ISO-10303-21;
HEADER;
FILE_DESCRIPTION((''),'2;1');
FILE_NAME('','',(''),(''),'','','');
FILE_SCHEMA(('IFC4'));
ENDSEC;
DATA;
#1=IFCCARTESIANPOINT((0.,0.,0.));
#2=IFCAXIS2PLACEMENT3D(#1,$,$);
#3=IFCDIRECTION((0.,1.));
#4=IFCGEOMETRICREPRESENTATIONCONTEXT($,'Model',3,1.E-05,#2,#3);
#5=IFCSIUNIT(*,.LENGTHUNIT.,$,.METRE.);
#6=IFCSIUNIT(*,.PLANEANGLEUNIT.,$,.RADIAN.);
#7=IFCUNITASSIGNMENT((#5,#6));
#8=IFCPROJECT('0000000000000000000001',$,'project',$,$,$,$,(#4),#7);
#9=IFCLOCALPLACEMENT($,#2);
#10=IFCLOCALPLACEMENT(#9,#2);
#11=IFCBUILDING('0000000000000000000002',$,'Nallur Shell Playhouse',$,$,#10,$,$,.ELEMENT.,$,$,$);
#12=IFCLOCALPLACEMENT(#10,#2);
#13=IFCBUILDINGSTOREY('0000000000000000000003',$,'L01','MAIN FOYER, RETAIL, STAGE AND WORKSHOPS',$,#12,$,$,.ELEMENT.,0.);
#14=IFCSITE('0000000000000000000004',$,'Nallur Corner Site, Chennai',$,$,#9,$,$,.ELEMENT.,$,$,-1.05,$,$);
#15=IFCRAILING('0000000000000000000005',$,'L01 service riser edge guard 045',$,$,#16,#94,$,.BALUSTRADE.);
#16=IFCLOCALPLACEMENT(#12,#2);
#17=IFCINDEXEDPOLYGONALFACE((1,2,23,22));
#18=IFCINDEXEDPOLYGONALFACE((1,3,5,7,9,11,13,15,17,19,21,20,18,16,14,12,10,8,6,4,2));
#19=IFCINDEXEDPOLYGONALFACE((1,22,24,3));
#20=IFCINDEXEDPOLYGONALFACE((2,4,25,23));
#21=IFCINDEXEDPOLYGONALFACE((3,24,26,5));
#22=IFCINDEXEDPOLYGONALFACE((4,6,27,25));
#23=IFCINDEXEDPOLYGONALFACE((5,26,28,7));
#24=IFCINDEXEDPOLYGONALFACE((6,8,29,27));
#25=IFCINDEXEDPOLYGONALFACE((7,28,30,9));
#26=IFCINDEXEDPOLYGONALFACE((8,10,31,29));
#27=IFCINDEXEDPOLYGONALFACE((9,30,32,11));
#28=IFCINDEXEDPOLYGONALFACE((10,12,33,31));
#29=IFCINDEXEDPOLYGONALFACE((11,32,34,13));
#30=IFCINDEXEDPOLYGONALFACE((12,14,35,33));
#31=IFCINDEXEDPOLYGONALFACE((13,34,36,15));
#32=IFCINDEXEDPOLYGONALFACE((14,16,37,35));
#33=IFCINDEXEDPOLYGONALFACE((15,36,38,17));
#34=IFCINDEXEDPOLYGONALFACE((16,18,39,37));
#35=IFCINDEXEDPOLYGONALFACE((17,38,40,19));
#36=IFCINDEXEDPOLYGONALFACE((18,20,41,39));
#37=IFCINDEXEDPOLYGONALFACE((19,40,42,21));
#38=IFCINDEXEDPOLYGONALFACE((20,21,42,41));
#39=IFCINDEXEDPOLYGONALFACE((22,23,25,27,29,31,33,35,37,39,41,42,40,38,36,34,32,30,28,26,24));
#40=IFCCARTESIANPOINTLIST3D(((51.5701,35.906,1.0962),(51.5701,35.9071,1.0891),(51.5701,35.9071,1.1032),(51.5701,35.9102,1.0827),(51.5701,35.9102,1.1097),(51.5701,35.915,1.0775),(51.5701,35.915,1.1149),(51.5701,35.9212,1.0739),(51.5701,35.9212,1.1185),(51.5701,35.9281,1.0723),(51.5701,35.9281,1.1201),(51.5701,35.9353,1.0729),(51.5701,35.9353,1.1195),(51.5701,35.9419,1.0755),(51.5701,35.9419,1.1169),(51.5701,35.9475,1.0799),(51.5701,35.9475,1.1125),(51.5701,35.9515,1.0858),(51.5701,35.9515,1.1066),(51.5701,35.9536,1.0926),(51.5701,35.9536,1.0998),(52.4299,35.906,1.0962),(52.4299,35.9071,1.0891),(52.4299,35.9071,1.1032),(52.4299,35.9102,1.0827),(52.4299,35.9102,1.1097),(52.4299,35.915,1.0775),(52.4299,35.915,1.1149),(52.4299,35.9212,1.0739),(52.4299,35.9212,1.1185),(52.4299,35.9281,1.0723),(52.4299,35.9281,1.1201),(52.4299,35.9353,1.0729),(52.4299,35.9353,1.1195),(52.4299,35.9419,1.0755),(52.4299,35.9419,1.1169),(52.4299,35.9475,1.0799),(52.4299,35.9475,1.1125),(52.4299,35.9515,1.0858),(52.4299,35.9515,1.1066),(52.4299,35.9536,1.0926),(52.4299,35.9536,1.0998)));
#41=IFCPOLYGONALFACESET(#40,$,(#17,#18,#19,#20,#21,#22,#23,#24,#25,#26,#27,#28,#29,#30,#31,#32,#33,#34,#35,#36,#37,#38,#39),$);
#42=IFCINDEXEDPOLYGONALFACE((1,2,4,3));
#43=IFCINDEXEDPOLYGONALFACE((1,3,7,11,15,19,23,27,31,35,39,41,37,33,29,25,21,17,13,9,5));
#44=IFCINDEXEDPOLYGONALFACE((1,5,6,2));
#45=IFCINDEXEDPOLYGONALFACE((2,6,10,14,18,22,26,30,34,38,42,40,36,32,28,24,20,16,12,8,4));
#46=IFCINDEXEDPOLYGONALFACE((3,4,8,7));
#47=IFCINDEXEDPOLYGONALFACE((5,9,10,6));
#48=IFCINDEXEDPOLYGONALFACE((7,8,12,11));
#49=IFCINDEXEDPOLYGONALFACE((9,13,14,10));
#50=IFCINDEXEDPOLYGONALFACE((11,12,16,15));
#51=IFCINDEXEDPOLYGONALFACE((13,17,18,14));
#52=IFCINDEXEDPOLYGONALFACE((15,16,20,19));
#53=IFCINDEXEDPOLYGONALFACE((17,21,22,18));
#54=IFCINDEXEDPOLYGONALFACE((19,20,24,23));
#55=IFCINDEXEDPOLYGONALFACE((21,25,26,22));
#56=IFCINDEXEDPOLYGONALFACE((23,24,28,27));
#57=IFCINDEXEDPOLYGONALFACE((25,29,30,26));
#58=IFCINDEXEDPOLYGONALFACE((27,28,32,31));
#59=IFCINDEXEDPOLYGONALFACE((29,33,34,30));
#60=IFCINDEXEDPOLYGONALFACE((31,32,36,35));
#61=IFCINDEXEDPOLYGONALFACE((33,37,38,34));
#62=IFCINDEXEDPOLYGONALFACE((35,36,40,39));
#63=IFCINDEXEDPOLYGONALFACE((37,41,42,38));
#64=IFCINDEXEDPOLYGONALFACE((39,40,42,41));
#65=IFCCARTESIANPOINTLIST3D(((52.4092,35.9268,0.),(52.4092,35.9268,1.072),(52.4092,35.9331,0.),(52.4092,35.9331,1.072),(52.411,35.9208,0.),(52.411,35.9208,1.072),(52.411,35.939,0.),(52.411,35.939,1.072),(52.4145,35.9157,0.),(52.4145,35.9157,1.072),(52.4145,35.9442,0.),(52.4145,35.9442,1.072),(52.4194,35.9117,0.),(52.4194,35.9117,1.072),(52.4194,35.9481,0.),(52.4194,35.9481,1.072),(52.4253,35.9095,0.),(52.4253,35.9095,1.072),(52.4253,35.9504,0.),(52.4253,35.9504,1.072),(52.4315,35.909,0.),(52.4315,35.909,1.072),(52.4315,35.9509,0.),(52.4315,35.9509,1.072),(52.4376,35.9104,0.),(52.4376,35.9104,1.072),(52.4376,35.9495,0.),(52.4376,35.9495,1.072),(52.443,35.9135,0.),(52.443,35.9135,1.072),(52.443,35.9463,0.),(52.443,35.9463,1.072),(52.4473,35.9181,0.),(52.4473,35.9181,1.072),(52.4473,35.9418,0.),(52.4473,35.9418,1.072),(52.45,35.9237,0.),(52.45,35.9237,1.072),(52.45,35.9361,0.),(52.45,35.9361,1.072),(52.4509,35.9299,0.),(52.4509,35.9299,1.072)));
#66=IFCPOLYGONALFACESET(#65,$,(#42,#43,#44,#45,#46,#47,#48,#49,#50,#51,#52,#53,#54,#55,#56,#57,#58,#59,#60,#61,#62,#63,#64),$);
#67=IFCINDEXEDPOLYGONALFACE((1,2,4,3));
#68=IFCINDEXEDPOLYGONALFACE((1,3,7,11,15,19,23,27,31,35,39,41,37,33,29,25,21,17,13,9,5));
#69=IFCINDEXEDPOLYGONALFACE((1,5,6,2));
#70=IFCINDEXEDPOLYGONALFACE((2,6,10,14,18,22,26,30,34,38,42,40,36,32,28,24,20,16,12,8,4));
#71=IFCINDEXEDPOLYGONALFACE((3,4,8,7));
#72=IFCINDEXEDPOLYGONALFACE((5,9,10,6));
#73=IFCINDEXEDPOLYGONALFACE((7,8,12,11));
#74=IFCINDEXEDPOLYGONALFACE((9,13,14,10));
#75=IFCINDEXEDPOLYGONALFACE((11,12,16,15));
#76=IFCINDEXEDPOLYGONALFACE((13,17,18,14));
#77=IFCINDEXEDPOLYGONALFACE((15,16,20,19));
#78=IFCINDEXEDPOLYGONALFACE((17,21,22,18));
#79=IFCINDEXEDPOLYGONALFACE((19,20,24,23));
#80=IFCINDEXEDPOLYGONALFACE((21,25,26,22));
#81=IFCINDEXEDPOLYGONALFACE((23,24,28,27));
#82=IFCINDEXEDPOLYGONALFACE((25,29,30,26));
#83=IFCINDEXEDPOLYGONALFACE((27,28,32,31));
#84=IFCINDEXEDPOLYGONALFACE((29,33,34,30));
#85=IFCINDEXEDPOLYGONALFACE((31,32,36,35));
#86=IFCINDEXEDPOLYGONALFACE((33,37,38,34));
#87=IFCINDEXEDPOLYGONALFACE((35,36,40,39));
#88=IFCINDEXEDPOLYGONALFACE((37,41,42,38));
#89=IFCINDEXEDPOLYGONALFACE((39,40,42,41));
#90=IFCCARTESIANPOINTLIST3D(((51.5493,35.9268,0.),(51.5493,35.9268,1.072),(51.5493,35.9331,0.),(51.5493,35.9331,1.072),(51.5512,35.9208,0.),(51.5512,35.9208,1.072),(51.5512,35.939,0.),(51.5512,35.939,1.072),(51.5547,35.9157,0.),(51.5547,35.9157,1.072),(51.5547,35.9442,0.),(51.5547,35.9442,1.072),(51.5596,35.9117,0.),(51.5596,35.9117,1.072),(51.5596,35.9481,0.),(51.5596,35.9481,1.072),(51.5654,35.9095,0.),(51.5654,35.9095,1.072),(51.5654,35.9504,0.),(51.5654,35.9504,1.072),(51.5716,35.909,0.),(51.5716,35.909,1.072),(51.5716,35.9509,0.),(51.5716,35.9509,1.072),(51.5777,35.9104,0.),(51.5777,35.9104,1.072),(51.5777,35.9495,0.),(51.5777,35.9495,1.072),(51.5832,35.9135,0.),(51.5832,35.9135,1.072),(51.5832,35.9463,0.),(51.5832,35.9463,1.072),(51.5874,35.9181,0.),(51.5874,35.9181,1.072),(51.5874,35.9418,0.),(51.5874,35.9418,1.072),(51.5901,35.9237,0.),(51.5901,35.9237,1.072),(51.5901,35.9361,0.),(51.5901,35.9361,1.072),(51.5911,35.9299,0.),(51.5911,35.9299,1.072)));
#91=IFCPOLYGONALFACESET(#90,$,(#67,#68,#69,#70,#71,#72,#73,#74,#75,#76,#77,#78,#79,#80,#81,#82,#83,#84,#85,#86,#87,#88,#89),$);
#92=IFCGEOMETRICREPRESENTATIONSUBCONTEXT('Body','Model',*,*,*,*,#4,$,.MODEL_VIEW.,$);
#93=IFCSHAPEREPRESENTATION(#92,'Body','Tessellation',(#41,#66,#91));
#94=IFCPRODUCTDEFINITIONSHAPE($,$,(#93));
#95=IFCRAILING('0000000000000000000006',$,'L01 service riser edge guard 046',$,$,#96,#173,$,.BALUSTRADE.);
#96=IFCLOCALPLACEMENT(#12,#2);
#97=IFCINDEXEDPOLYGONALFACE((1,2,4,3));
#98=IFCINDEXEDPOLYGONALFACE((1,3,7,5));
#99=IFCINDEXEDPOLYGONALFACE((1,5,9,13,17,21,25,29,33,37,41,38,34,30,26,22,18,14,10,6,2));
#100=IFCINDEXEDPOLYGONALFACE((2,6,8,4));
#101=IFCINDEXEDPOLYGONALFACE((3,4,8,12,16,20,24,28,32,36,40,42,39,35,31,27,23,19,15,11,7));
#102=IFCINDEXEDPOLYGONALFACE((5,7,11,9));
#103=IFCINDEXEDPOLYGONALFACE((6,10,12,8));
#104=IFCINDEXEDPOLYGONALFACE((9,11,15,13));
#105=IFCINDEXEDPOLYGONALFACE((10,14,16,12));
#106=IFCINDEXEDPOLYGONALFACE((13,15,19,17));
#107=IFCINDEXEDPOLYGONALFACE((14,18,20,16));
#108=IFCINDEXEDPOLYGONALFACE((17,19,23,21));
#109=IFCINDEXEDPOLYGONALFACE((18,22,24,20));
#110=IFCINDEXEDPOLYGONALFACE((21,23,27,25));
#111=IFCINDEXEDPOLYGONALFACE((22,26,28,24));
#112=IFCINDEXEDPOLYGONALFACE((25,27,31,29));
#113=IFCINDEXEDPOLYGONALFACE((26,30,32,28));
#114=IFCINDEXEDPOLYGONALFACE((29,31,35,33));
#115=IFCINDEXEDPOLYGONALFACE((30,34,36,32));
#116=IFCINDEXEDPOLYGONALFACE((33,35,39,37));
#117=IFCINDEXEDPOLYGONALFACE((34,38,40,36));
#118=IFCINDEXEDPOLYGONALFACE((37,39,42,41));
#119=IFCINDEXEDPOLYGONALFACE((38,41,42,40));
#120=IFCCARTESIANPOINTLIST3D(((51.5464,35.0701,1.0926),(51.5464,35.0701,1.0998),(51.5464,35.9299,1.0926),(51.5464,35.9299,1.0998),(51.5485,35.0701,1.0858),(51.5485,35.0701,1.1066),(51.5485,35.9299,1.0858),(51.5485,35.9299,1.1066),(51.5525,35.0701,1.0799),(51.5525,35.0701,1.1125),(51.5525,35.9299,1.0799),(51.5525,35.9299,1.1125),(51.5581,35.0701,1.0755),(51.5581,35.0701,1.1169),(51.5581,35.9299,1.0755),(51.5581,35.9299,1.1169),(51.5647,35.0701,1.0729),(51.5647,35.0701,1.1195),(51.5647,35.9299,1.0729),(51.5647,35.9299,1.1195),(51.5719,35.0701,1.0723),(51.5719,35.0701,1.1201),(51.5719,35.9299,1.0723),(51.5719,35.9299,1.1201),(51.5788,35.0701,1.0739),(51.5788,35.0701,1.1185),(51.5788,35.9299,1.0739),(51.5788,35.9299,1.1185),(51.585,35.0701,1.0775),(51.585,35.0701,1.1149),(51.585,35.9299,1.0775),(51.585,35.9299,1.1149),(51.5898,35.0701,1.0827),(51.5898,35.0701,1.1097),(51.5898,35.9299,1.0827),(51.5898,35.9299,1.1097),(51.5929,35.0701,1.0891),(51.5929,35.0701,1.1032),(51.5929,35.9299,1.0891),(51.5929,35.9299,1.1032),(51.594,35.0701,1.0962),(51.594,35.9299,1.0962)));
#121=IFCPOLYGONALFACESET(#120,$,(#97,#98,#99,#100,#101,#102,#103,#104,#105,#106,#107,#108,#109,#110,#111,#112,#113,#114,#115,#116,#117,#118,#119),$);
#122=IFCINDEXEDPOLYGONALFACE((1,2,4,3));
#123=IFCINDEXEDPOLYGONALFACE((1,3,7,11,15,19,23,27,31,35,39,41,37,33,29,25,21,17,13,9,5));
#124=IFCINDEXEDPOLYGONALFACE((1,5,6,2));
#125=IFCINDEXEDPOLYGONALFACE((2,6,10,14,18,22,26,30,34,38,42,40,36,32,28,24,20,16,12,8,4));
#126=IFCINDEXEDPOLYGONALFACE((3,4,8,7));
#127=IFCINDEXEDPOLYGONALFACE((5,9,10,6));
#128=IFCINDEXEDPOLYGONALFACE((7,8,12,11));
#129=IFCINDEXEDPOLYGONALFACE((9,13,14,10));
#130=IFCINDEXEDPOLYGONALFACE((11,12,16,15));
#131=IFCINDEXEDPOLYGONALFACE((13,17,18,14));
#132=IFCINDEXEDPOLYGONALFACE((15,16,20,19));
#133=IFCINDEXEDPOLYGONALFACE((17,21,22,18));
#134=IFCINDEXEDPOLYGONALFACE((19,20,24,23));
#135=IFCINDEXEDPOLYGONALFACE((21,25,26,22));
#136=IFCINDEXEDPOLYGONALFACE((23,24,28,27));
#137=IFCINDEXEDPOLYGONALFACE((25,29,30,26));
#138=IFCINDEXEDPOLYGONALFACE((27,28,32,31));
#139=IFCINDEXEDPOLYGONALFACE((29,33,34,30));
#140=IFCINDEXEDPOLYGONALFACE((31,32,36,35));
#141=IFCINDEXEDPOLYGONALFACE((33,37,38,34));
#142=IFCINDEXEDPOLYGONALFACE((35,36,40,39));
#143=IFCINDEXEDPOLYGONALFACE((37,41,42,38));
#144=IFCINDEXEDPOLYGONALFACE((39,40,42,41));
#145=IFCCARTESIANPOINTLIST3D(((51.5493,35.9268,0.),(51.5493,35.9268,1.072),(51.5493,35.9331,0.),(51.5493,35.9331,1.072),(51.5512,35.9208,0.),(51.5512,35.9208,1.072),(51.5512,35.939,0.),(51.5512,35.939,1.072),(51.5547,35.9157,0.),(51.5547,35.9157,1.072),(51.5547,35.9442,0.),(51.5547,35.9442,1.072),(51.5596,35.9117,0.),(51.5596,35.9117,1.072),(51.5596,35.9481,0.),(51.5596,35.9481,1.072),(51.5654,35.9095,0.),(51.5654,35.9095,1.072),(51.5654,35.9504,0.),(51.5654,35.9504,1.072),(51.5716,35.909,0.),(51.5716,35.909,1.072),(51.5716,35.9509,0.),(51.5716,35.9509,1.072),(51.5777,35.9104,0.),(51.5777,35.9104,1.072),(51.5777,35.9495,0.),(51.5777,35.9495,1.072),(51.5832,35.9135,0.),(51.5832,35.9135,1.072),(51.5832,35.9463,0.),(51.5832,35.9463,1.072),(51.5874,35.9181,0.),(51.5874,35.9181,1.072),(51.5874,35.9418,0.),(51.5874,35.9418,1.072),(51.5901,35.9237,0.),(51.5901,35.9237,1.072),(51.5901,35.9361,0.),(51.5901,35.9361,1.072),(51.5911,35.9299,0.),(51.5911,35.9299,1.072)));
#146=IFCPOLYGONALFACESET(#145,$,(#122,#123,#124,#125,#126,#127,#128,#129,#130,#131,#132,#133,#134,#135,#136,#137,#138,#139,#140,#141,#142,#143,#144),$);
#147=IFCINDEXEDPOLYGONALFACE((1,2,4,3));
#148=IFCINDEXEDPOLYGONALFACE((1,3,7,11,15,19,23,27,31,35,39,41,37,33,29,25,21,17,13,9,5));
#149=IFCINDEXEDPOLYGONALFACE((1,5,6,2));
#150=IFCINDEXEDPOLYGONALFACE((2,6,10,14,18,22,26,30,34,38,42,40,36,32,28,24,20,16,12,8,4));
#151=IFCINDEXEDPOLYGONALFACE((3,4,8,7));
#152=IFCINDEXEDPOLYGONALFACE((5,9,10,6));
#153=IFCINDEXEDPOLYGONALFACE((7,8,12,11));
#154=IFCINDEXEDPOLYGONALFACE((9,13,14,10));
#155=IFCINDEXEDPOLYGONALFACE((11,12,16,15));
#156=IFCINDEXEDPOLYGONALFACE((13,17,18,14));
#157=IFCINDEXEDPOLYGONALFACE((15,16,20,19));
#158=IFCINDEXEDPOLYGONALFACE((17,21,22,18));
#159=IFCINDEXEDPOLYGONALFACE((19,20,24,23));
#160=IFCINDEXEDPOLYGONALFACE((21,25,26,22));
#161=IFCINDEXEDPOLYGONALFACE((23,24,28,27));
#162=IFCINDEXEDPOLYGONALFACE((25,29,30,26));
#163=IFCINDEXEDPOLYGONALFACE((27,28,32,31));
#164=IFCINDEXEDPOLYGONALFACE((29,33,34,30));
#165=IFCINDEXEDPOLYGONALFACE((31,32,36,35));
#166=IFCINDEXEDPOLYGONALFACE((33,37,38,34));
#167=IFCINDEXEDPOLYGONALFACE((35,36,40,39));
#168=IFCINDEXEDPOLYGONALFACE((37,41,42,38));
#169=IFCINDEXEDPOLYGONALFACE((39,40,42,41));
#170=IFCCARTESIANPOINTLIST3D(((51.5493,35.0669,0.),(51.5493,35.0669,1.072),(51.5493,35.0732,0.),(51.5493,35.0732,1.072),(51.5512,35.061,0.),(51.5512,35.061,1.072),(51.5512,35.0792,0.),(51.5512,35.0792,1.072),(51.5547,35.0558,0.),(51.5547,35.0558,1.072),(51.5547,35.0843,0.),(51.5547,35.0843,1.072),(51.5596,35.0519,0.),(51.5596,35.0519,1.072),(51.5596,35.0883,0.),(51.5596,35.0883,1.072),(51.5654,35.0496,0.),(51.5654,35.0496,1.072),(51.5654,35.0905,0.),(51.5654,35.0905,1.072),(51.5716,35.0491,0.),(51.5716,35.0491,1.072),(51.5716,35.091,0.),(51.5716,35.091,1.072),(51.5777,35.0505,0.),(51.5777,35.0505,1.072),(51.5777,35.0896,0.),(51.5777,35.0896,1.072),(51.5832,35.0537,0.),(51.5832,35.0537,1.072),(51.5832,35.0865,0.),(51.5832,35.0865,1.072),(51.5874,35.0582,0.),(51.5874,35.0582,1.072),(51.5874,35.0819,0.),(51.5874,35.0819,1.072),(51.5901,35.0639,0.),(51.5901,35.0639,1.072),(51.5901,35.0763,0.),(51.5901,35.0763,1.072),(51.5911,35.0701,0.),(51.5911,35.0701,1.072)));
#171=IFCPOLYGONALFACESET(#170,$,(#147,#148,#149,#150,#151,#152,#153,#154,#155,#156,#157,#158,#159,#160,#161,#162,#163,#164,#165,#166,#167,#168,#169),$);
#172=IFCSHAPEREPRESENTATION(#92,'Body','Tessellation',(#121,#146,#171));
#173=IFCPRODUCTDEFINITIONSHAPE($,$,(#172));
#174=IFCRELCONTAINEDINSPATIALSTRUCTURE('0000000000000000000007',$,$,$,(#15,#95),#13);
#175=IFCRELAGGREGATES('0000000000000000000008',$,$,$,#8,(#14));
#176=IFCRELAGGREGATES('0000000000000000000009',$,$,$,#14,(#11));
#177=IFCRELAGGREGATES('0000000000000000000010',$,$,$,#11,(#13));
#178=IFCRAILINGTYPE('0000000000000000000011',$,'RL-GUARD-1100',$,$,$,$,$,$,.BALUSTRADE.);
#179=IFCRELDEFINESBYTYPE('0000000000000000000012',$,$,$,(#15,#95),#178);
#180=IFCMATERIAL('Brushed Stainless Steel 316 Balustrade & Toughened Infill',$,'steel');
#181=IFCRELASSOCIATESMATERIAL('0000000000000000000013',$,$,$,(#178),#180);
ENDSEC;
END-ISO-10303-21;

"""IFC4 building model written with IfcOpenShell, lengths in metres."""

from ifc_helpers import new_model, si_unit, direction, frame, origin, origin_2d, place, context, subcontext, project, spatial, circle, extrude, material, type_object, element, save


model = new_model("IFC4")

# Units and contexts
model_context = context("Model", 3, precision=1e-05, world=origin(), true_north=direction((0.0, 1.0)))
body_context = subcontext(model_context, "Body", "Model", "MODEL_VIEW")
ifc_project = project(units=[si_unit("LENGTHUNIT", "METRE"), si_unit("PLANEANGLEUNIT", "RADIAN")], contexts=[model_context])

# Site, building, storey
site_placement = place(None, origin())
site = spatial("IfcSite", under=ifc_project, at=site_placement, Name="Nallur Corner Site, Chennai", CompositionType="ELEMENT", RefElevation=-1.05)
building_placement = place(site_placement, origin())
building = spatial("IfcBuilding", under=site, at=building_placement, Name="Nallur Shell Playhouse", CompositionType="ELEMENT")
storey_placement = place(building_placement, origin())
storey = spatial("IfcBuildingStorey", under=building, at=storey_placement, Name="L01", Description="MAIN FOYER, RETAIL, STAGE AND WORKSHOPS", CompositionType="ELEMENT", Elevation=0.0)

# Railings
ifc_material_1 = material(Name="Brushed Stainless Steel 316 Balustrade & Toughened Infill", Category="steel")
railing_type = type_object("IfcRailingType", Name="RL-GUARD-1100", PredefinedType="BALUSTRADE", material=ifc_material_1)
railing_1_placement = place(storey_placement, frame((52.4299, 35.9299, 0.0)))
element("IfcRailing", 1, at=railing_1_placement, inside=storey, type_object=railing_type, Name="L01 service riser edge guard 045", PredefinedType="BALUSTRADE", context=body_context, shape_type="SweptSolid", body=[
    extrude(circle(Radius=0.0239, at=origin_2d()), frame((0.0, 0.0, 1.0962), z_axis=(-1.0, 0.0, 0.0), x_axis=(0.0, -1.0, 0.0)), (0.0, 0.0, 1.0), 0.8599),
    extrude(circle(Radius=0.021, at=origin_2d()), origin(), (0.0, 0.0, 1.0), 1.072),
    extrude(circle(Radius=0.021, at=origin_2d()), frame((-0.8599, 0.0, 0.0)), (0.0, 0.0, 1.0), 1.072),
])
railing_2_placement = place(storey_placement, frame((51.5701, 35.9299, 0.0)))
element("IfcRailing", 2, at=railing_2_placement, inside=storey, type_object=railing_type, Name="L01 service riser edge guard 046", PredefinedType="BALUSTRADE", context=body_context, shape_type="SweptSolid", body=[
    extrude(circle(Radius=0.0239, at=origin_2d()), frame((0.0, 0.0, 1.0962), z_axis=(0.0, -1.0, 0.0), x_axis=(1.0, 0.0, 0.0)), (0.0, 0.0, 1.0), 0.8599),
    extrude(circle(Radius=0.021, at=origin_2d()), origin(), (0.0, 0.0, 1.0), 1.072),
    extrude(circle(Radius=0.021, at=origin_2d()), frame((0.0, -0.8599, 0.0)), (0.0, 0.0, 1.0), 1.072),
])

save(model, "model.ifc")
